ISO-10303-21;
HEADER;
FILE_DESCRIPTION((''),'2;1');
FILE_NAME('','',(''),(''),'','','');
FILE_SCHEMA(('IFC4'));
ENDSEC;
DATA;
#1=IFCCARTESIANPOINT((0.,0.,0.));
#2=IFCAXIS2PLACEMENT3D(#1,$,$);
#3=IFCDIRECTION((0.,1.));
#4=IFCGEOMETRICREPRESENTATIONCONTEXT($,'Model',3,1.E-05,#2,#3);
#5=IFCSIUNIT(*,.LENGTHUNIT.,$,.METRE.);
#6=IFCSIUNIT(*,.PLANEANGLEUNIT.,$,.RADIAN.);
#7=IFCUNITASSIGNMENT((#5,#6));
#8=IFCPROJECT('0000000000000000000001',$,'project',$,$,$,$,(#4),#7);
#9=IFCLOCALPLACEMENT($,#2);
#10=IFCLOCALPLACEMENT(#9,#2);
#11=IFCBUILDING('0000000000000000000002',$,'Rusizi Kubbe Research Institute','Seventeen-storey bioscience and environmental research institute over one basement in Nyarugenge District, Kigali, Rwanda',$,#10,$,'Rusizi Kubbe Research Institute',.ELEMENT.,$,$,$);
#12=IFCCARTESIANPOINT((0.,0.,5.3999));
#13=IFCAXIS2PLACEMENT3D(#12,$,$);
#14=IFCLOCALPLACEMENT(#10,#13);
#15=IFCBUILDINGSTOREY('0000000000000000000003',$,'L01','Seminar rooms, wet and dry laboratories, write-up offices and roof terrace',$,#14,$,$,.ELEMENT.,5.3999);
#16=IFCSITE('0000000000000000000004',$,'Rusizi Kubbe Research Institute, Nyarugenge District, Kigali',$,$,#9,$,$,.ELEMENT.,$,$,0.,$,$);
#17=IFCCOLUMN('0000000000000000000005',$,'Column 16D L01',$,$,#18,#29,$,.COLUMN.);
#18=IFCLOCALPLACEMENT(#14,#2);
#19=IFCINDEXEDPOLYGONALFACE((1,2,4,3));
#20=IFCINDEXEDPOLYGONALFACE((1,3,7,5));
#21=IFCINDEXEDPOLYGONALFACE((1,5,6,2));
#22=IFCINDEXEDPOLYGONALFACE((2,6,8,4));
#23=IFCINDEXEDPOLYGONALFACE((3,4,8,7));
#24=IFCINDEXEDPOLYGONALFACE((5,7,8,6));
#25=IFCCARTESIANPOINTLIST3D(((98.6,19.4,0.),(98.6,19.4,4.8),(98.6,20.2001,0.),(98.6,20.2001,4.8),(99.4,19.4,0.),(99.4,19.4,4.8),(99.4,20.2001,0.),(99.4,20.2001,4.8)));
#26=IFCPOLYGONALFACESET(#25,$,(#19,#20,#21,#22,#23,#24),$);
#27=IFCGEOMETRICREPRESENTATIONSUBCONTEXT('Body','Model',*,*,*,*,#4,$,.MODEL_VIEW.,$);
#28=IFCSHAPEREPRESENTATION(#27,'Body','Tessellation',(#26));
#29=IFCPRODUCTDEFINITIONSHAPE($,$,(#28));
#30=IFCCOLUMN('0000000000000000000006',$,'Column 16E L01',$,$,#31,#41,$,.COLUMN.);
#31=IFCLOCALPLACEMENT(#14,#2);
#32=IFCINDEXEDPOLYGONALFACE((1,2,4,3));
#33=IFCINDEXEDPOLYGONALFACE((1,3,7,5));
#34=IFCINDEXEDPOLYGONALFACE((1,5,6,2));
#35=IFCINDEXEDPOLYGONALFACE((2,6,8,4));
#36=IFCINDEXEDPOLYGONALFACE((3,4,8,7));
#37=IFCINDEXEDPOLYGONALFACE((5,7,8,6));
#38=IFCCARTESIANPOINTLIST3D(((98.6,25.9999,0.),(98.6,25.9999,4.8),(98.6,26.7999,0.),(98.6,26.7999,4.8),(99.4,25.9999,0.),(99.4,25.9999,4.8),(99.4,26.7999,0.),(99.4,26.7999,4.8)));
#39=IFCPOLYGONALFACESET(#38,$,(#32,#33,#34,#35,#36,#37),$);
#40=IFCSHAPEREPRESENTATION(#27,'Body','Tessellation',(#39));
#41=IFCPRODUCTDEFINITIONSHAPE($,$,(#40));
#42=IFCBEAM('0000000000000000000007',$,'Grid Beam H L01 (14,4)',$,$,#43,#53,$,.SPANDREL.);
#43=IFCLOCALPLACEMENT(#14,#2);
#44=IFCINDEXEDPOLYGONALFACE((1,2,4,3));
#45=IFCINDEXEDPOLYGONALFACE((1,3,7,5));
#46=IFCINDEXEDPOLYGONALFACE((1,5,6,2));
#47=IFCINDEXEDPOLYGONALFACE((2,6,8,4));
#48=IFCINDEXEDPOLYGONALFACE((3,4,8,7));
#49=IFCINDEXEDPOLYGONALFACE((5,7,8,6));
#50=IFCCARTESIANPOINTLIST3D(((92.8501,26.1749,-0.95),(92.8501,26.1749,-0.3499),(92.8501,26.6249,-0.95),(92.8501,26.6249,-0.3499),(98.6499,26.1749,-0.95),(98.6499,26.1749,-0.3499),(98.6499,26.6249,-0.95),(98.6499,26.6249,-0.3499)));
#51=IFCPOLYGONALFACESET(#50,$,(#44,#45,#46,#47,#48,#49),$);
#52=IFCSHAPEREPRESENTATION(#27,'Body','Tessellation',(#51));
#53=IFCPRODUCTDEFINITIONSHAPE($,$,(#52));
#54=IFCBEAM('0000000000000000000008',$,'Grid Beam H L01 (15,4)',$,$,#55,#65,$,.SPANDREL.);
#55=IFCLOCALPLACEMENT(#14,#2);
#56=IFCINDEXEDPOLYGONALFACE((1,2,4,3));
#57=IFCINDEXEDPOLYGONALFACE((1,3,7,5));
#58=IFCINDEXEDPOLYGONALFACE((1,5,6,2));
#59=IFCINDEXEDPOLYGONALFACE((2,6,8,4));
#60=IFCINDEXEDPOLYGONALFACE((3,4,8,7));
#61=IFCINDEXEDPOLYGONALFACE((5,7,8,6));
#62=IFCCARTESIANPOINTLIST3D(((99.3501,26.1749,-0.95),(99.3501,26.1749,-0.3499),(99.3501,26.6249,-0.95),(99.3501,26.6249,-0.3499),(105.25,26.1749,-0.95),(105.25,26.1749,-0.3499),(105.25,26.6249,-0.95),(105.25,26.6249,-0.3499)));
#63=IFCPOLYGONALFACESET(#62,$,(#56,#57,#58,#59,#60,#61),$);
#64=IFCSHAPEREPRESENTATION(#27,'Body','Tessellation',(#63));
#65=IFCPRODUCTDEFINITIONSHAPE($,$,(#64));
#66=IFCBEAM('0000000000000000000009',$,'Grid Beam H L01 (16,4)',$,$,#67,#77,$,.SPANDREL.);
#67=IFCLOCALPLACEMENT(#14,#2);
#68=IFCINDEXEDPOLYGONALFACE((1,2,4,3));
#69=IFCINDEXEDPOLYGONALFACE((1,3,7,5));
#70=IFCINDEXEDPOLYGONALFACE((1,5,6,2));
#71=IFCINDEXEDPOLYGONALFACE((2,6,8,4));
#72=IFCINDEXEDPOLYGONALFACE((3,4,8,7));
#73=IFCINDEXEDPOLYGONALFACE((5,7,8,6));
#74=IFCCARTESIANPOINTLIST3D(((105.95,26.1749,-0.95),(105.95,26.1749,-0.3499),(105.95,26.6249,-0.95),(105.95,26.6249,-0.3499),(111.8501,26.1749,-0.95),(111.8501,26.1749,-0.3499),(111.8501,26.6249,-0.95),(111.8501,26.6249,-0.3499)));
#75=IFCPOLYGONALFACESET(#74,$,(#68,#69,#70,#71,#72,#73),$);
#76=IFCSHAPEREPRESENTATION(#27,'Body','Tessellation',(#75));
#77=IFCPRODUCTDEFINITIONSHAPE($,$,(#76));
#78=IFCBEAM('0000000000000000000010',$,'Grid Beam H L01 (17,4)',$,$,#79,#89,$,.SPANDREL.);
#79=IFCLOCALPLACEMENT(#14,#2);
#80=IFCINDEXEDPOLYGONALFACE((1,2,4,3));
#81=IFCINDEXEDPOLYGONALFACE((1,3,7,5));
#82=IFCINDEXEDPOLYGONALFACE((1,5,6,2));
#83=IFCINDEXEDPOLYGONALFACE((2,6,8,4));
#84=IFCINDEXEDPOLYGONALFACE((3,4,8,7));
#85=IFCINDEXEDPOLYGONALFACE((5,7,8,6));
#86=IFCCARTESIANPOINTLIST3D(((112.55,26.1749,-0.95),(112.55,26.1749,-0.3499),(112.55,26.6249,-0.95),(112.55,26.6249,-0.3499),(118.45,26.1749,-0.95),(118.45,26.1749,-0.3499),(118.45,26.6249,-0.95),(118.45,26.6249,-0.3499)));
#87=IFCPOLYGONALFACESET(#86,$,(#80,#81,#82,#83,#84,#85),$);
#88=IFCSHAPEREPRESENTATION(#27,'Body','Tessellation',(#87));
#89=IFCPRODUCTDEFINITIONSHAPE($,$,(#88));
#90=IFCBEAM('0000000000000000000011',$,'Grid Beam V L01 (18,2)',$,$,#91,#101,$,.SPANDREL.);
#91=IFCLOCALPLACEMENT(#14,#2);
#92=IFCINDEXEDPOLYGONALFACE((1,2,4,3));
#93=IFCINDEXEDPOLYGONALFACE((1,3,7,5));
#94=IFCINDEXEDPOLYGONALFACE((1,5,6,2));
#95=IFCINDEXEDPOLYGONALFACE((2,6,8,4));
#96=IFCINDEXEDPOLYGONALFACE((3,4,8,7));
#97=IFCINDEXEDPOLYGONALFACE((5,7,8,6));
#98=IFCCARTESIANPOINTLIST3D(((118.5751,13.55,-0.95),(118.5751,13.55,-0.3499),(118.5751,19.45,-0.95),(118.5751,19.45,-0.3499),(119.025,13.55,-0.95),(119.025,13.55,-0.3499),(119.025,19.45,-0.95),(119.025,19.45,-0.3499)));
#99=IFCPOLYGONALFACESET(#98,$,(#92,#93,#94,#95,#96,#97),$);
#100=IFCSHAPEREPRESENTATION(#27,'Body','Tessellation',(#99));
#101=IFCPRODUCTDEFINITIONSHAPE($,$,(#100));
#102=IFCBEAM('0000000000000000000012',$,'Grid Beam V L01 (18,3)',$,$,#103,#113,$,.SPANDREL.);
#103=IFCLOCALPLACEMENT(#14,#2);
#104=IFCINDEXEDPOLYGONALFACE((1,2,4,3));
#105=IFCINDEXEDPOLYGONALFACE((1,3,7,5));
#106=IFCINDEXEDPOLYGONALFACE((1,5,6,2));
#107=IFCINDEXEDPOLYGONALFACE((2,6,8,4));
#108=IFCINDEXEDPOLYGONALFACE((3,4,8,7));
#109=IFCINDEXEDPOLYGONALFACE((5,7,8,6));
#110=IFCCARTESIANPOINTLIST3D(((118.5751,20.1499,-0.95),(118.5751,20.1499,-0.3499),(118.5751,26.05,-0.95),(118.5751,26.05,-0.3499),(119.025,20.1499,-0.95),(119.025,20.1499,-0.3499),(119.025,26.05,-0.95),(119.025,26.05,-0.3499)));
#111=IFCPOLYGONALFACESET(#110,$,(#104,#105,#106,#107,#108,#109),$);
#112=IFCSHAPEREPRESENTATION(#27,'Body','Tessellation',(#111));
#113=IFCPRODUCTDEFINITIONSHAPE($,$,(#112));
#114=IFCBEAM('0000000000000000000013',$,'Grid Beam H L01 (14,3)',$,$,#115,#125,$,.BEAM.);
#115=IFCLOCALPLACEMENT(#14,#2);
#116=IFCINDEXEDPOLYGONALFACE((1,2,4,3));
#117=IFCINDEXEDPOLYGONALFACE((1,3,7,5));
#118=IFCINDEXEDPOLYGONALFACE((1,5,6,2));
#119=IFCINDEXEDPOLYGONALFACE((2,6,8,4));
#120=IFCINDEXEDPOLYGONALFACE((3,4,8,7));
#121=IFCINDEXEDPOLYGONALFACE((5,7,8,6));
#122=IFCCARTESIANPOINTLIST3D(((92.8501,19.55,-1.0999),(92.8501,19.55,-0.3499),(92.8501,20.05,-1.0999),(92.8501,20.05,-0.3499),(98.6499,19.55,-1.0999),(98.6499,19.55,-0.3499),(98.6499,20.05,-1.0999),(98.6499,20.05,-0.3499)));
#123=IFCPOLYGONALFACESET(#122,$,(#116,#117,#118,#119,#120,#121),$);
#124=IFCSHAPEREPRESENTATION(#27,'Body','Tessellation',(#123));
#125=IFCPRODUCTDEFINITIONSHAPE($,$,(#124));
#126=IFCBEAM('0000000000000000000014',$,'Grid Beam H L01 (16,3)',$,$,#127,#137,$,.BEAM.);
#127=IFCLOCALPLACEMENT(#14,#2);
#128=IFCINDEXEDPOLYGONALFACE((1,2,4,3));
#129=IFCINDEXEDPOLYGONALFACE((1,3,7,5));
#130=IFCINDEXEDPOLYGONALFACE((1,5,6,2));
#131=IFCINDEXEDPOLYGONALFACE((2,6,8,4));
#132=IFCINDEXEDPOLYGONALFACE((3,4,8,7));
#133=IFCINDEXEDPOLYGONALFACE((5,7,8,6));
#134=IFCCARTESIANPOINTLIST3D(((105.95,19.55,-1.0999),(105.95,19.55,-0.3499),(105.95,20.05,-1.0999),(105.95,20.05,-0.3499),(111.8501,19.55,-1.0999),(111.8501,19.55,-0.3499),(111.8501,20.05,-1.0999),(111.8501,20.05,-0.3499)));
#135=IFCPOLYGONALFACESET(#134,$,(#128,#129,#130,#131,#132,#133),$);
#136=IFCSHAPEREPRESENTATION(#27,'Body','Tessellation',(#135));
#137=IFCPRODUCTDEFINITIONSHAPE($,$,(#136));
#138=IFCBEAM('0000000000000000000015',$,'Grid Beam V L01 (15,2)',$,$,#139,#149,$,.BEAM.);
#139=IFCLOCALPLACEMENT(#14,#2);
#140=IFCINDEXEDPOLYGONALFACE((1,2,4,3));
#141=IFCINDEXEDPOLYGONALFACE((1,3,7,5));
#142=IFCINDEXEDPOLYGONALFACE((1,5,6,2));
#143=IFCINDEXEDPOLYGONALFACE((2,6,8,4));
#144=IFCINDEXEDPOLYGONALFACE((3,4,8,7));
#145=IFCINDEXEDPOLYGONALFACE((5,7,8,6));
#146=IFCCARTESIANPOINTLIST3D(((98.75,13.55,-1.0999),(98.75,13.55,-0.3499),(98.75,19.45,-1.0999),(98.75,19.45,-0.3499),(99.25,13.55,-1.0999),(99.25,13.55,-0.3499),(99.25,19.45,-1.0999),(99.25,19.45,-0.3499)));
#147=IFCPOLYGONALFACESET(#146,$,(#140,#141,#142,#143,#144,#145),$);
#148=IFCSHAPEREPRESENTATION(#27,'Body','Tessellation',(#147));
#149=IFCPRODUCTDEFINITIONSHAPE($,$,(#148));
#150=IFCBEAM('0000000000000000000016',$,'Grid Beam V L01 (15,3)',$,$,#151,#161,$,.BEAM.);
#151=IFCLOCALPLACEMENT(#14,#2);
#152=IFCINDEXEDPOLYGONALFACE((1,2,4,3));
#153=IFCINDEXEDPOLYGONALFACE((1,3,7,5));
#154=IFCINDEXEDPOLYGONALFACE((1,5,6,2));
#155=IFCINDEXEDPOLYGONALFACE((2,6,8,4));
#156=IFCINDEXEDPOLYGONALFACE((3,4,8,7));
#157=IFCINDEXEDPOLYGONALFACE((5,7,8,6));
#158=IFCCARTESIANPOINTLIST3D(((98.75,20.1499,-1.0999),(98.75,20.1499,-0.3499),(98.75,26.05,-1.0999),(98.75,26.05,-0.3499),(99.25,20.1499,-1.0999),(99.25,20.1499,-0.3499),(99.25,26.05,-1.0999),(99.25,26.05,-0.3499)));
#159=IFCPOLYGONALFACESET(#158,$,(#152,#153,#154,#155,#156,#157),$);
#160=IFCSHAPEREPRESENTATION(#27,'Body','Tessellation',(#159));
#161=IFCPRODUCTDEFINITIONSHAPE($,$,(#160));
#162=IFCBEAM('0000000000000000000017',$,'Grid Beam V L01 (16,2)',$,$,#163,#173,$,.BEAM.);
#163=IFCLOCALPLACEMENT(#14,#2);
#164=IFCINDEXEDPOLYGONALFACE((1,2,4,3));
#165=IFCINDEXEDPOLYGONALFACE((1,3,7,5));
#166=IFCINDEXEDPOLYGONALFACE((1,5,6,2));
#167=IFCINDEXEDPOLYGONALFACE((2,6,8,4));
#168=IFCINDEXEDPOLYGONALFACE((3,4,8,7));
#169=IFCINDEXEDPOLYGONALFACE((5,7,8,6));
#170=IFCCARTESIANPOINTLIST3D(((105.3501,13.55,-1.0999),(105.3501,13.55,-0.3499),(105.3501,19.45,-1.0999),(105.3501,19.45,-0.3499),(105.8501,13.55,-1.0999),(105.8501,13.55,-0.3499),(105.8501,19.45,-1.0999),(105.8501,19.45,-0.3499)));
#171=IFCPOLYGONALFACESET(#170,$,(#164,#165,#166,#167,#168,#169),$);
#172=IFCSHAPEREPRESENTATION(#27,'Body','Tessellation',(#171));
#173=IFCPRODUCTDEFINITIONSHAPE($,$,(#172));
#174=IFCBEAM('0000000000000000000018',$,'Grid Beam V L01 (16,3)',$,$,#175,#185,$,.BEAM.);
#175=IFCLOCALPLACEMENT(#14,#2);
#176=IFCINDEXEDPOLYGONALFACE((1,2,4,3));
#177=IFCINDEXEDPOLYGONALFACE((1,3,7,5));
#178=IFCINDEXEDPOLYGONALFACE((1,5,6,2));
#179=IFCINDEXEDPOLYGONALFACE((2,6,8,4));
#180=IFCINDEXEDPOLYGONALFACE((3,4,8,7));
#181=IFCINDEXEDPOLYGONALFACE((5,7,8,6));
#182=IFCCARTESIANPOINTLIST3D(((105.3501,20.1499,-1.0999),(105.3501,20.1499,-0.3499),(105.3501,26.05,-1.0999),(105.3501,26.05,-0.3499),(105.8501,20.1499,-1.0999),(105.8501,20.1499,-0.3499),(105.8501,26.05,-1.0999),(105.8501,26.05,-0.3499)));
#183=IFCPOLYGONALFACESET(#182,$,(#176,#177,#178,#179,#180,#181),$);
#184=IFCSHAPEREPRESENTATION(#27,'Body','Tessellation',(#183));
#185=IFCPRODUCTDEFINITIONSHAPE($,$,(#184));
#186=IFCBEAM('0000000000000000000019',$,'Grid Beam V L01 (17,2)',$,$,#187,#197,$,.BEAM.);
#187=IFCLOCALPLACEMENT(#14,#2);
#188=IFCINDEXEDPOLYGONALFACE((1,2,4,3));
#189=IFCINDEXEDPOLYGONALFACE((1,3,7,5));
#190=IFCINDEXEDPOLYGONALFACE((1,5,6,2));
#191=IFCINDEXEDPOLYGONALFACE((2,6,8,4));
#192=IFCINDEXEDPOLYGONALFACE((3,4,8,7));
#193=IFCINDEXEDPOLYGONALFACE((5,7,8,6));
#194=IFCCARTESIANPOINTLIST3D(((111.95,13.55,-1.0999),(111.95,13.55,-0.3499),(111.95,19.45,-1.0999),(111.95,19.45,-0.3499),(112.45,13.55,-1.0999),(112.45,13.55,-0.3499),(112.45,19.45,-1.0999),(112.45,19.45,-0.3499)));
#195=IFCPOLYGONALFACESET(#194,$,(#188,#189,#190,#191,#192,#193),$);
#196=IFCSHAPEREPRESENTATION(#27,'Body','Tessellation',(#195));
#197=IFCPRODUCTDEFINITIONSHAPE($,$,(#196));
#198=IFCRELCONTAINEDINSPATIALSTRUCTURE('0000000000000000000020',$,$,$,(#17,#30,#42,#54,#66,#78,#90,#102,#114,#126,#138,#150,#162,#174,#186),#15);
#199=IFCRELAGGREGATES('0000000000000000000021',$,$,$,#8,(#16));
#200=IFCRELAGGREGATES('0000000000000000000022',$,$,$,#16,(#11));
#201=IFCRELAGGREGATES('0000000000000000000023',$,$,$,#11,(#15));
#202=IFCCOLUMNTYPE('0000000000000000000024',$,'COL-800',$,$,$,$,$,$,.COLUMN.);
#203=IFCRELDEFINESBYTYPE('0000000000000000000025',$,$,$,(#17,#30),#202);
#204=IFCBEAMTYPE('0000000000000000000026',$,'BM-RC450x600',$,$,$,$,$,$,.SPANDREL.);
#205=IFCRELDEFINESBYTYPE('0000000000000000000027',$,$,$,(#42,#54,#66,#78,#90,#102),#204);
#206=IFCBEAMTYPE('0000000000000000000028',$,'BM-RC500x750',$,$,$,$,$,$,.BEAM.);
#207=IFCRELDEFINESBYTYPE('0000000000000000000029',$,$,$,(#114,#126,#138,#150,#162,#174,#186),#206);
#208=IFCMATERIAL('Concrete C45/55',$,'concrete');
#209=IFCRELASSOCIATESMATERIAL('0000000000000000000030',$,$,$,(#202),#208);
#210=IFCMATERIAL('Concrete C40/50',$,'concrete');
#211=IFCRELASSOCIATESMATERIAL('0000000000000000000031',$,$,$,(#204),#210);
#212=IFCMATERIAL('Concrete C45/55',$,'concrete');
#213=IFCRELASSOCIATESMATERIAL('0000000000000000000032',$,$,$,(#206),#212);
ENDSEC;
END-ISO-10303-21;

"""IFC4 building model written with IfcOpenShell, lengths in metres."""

from ifc_helpers import new_model, si_unit, direction, frame, origin, origin_2d, place, context, subcontext, project, spatial, rectangle, extrude, material, material_profile, profile_set, type_object, element, save


model = new_model("IFC4")

# Units and contexts
model_context = context("Model", 3, precision=1e-05, world=origin(), true_north=direction((0.0, 1.0)))
body_context = subcontext(model_context, "Body", "Model", "MODEL_VIEW")
ifc_project = project(units=[si_unit("LENGTHUNIT", "METRE"), si_unit("PLANEANGLEUNIT", "RADIAN")], contexts=[model_context])

# Site, building, storey
site_placement = place(None, origin())
site = spatial("IfcSite", under=ifc_project, at=site_placement, Name="Rusizi Kubbe Research Institute, Nyarugenge District, Kigali", CompositionType="ELEMENT", RefElevation=0.0)
building_placement = place(site_placement, origin())
building = spatial("IfcBuilding", under=site, at=building_placement, Name="Rusizi Kubbe Research Institute", Description="Seventeen-storey bioscience and environmental research institute over one basement in Nyarugenge District, Kigali, Rwanda", LongName="Rusizi Kubbe Research Institute", CompositionType="ELEMENT")
storey_placement = place(building_placement, frame((0.0, 0.0, 5.3999)))
storey = spatial("IfcBuildingStorey", under=building, at=storey_placement, Name="L01", Description="Seminar rooms, wet and dry laboratories, write-up offices and roof terrace", CompositionType="ELEMENT", Elevation=5.3999)

# Columns
ifc_material_1 = material(Name="Concrete C45/55", Category="concrete")
ifc_material_profile_1 = material_profile(ifc_material_1, rectangle(XDim=0.8, YDim=0.8, at=origin_2d()), Name="RC800x800")
ifc_profile_set_1 = profile_set([ifc_material_profile_1], Name="Concrete C45/55")
column_type = type_object("IfcColumnType", Name="COL-800", PredefinedType="COLUMN", material=ifc_profile_set_1)
for number, where, z_axis, x_axis, name in (
    (1, (99.0, 19.8, 0.0), (0.0, 0.0, 1.0), (1.0, 0.0, 0.0), "Column 16D L01"),
    (2, (99.0, 26.3999, 0.0), (0.0, 0.0, 1.0), (1.0, 0.0, 0.0), "Column 16E L01"),
):
    element("IfcColumn", number, at=place(storey_placement, frame(where, z_axis=z_axis, x_axis=x_axis)), inside=storey, type_object=column_type, Name=name, PredefinedType="COLUMN", context=body_context, shape_type="SweptSolid", body=[
        extrude(rectangle(XDim=0.8, YDim=0.8, at=origin_2d()), origin(), (0.0, 0.0, 1.0), 4.8),
    ])

# Beams
ifc_material_2 = material(Name="Concrete C40/50", Category="concrete")
ifc_material_profile_2 = material_profile(ifc_material_2, rectangle(XDim=0.45, YDim=0.6001, at=origin_2d()), Name="RC450x600")
ifc_profile_set_2 = profile_set([ifc_material_profile_2], Name="Concrete C40/50")
beam_type_1 = type_object("IfcBeamType", Name="BM-RC450x600", PredefinedType="SPANDREL", material=ifc_profile_set_2)
beam_1_placement = place(storey_placement, frame((92.8501, 26.3999, -0.6499), z_axis=(1.0, 0.0, 0.0), x_axis=(0.0, 1.0, 0.0)))
element("IfcBeam", 3, at=beam_1_placement, inside=storey, type_object=beam_type_1, Name="Grid Beam H L01 (14,4)", PredefinedType="SPANDREL", context=body_context, shape_type="SweptSolid", body=[
    extrude(rectangle(XDim=0.45, YDim=0.6001, at=origin_2d()), origin(), (0.0, 0.0, 1.0), 5.7998),
])
beam_2_placement = place(storey_placement, frame((99.3501, 26.3999, -0.6499), z_axis=(1.0, 0.0, 0.0), x_axis=(0.0, 1.0, 0.0)))
element("IfcBeam", 4, at=beam_2_placement, inside=storey, type_object=beam_type_1, Name="Grid Beam H L01 (15,4)", PredefinedType="SPANDREL", context=body_context, shape_type="SweptSolid", body=[
    extrude(rectangle(XDim=0.45, YDim=0.6001, at=origin_2d()), origin(), (0.0, 0.0, 1.0), 5.8999),
])
beam_3_placement = place(storey_placement, frame((105.95, 26.3999, -0.6499), z_axis=(1.0, 0.0, 0.0), x_axis=(0.0, 1.0, 0.0)))
element("IfcBeam", 5, at=beam_3_placement, inside=storey, type_object=beam_type_1, Name="Grid Beam H L01 (16,4)", PredefinedType="SPANDREL", context=body_context, shape_type="SweptSolid", body=[
    extrude(rectangle(XDim=0.45, YDim=0.6001, at=origin_2d()), origin(), (0.0, 0.0, 1.0), 5.9001),
])
for number, where, z_axis, x_axis, name in (
    (6, (112.55, 26.3999, -0.6499), (1.0, 0.0, 0.0), (0.0, 1.0, 0.0), "Grid Beam H L01 (17,4)"),
    (7, (118.8, 13.55, -0.6499), (0.0, 1.0, 0.0), (-1.0, 0.0, 0.0), "Grid Beam V L01 (18,2)"),
):
    element("IfcBeam", number, at=place(storey_placement, frame(where, z_axis=z_axis, x_axis=x_axis)), inside=storey, type_object=beam_type_1, Name=name, PredefinedType="SPANDREL", context=body_context, shape_type="SweptSolid", body=[
        extrude(rectangle(XDim=0.45, YDim=0.6001, at=origin_2d()), origin(), (0.0, 0.0, 1.0), 5.8999),
    ])
beam_4_placement = place(storey_placement, frame((118.8, 20.1499, -0.6499), z_axis=(0.0, 1.0, 0.0), x_axis=(-1.0, 0.0, 0.0)))
element("IfcBeam", 8, at=beam_4_placement, inside=storey, type_object=beam_type_1, Name="Grid Beam V L01 (18,3)", PredefinedType="SPANDREL", context=body_context, shape_type="SweptSolid", body=[
    extrude(rectangle(XDim=0.45, YDim=0.6001, at=origin_2d()), origin(), (0.0, 0.0, 1.0), 5.9001),
])
ifc_material_3 = material(Name="Concrete C45/55", Category="concrete")
ifc_material_profile_3 = material_profile(ifc_material_3, rectangle(XDim=0.5, YDim=0.75, at=origin_2d()), Name="RC500x750B")
ifc_profile_set_3 = profile_set([ifc_material_profile_3], Name="Concrete C45/55")
beam_type_2 = type_object("IfcBeamType", Name="BM-RC500x750", PredefinedType="BEAM", material=ifc_profile_set_3)
beam_5_placement = place(storey_placement, frame((92.8501, 19.8, -0.7249), z_axis=(1.0, 0.0, 0.0), x_axis=(0.0, 1.0, 0.0)))
element("IfcBeam", 9, at=beam_5_placement, inside=storey, type_object=beam_type_2, Name="Grid Beam H L01 (14,3)", PredefinedType="BEAM", context=body_context, shape_type="SweptSolid", body=[
    extrude(rectangle(XDim=0.5, YDim=0.75, at=origin_2d()), origin(), (0.0, 0.0, 1.0), 5.7998),
])
beam_6_placement = place(storey_placement, frame((105.95, 19.8, -0.7249), z_axis=(1.0, 0.0, 0.0), x_axis=(0.0, 1.0, 0.0)))
element("IfcBeam", 10, at=beam_6_placement, inside=storey, type_object=beam_type_2, Name="Grid Beam H L01 (16,3)", PredefinedType="BEAM", context=body_context, shape_type="SweptSolid", body=[
    extrude(rectangle(XDim=0.5, YDim=0.75, at=origin_2d()), origin(), (0.0, 0.0, 1.0), 5.9001),
])
beam_7_placement = place(storey_placement, frame((99.0, 13.55, -0.7249), z_axis=(0.0, 1.0, 0.0), x_axis=(-1.0, 0.0, 0.0)))
element("IfcBeam", 11, at=beam_7_placement, inside=storey, type_object=beam_type_2, Name="Grid Beam V L01 (15,2)", PredefinedType="BEAM", context=body_context, shape_type="SweptSolid", body=[
    extrude(rectangle(XDim=0.5, YDim=0.75, at=origin_2d()), origin(), (0.0, 0.0, 1.0), 5.8999),
])
beam_8_placement = place(storey_placement, frame((99.0, 20.1499, -0.7249), z_axis=(0.0, 1.0, 0.0), x_axis=(-1.0, 0.0, 0.0)))
element("IfcBeam", 12, at=beam_8_placement, inside=storey, type_object=beam_type_2, Name="Grid Beam V L01 (15,3)", PredefinedType="BEAM", context=body_context, shape_type="SweptSolid", body=[
    extrude(rectangle(XDim=0.5, YDim=0.75, at=origin_2d()), origin(), (0.0, 0.0, 1.0), 5.9001),
])
beam_9_placement = place(storey_placement, frame((105.6001, 13.55, -0.7249), z_axis=(0.0, 1.0, 0.0), x_axis=(-1.0, 0.0, 0.0)))
element("IfcBeam", 13, at=beam_9_placement, inside=storey, type_object=beam_type_2, Name="Grid Beam V L01 (16,2)", PredefinedType="BEAM", context=body_context, shape_type="SweptSolid", body=[
    extrude(rectangle(XDim=0.5, YDim=0.75, at=origin_2d()), origin(), (0.0, 0.0, 1.0), 5.8999),
])
beam_10_placement = place(storey_placement, frame((105.6001, 20.1499, -0.7249), z_axis=(0.0, 1.0, 0.0), x_axis=(-1.0, 0.0, 0.0)))
element("IfcBeam", 14, at=beam_10_placement, inside=storey, type_object=beam_type_2, Name="Grid Beam V L01 (16,3)", PredefinedType="BEAM", context=body_context, shape_type="SweptSolid", body=[
    extrude(rectangle(XDim=0.5, YDim=0.75, at=origin_2d()), origin(), (0.0, 0.0, 1.0), 5.9001),
])
beam_11_placement = place(storey_placement, frame((112.2, 13.55, -0.7249), z_axis=(0.0, 1.0, 0.0), x_axis=(-1.0, 0.0, 0.0)))
element("IfcBeam", 15, at=beam_11_placement, inside=storey, type_object=beam_type_2, Name="Grid Beam V L01 (17,2)", PredefinedType="BEAM", context=body_context, shape_type="SweptSolid", body=[
    extrude(rectangle(XDim=0.5, YDim=0.75, at=origin_2d()), origin(), (0.0, 0.0, 1.0), 5.8999),
])

save(model, "model.ifc")
